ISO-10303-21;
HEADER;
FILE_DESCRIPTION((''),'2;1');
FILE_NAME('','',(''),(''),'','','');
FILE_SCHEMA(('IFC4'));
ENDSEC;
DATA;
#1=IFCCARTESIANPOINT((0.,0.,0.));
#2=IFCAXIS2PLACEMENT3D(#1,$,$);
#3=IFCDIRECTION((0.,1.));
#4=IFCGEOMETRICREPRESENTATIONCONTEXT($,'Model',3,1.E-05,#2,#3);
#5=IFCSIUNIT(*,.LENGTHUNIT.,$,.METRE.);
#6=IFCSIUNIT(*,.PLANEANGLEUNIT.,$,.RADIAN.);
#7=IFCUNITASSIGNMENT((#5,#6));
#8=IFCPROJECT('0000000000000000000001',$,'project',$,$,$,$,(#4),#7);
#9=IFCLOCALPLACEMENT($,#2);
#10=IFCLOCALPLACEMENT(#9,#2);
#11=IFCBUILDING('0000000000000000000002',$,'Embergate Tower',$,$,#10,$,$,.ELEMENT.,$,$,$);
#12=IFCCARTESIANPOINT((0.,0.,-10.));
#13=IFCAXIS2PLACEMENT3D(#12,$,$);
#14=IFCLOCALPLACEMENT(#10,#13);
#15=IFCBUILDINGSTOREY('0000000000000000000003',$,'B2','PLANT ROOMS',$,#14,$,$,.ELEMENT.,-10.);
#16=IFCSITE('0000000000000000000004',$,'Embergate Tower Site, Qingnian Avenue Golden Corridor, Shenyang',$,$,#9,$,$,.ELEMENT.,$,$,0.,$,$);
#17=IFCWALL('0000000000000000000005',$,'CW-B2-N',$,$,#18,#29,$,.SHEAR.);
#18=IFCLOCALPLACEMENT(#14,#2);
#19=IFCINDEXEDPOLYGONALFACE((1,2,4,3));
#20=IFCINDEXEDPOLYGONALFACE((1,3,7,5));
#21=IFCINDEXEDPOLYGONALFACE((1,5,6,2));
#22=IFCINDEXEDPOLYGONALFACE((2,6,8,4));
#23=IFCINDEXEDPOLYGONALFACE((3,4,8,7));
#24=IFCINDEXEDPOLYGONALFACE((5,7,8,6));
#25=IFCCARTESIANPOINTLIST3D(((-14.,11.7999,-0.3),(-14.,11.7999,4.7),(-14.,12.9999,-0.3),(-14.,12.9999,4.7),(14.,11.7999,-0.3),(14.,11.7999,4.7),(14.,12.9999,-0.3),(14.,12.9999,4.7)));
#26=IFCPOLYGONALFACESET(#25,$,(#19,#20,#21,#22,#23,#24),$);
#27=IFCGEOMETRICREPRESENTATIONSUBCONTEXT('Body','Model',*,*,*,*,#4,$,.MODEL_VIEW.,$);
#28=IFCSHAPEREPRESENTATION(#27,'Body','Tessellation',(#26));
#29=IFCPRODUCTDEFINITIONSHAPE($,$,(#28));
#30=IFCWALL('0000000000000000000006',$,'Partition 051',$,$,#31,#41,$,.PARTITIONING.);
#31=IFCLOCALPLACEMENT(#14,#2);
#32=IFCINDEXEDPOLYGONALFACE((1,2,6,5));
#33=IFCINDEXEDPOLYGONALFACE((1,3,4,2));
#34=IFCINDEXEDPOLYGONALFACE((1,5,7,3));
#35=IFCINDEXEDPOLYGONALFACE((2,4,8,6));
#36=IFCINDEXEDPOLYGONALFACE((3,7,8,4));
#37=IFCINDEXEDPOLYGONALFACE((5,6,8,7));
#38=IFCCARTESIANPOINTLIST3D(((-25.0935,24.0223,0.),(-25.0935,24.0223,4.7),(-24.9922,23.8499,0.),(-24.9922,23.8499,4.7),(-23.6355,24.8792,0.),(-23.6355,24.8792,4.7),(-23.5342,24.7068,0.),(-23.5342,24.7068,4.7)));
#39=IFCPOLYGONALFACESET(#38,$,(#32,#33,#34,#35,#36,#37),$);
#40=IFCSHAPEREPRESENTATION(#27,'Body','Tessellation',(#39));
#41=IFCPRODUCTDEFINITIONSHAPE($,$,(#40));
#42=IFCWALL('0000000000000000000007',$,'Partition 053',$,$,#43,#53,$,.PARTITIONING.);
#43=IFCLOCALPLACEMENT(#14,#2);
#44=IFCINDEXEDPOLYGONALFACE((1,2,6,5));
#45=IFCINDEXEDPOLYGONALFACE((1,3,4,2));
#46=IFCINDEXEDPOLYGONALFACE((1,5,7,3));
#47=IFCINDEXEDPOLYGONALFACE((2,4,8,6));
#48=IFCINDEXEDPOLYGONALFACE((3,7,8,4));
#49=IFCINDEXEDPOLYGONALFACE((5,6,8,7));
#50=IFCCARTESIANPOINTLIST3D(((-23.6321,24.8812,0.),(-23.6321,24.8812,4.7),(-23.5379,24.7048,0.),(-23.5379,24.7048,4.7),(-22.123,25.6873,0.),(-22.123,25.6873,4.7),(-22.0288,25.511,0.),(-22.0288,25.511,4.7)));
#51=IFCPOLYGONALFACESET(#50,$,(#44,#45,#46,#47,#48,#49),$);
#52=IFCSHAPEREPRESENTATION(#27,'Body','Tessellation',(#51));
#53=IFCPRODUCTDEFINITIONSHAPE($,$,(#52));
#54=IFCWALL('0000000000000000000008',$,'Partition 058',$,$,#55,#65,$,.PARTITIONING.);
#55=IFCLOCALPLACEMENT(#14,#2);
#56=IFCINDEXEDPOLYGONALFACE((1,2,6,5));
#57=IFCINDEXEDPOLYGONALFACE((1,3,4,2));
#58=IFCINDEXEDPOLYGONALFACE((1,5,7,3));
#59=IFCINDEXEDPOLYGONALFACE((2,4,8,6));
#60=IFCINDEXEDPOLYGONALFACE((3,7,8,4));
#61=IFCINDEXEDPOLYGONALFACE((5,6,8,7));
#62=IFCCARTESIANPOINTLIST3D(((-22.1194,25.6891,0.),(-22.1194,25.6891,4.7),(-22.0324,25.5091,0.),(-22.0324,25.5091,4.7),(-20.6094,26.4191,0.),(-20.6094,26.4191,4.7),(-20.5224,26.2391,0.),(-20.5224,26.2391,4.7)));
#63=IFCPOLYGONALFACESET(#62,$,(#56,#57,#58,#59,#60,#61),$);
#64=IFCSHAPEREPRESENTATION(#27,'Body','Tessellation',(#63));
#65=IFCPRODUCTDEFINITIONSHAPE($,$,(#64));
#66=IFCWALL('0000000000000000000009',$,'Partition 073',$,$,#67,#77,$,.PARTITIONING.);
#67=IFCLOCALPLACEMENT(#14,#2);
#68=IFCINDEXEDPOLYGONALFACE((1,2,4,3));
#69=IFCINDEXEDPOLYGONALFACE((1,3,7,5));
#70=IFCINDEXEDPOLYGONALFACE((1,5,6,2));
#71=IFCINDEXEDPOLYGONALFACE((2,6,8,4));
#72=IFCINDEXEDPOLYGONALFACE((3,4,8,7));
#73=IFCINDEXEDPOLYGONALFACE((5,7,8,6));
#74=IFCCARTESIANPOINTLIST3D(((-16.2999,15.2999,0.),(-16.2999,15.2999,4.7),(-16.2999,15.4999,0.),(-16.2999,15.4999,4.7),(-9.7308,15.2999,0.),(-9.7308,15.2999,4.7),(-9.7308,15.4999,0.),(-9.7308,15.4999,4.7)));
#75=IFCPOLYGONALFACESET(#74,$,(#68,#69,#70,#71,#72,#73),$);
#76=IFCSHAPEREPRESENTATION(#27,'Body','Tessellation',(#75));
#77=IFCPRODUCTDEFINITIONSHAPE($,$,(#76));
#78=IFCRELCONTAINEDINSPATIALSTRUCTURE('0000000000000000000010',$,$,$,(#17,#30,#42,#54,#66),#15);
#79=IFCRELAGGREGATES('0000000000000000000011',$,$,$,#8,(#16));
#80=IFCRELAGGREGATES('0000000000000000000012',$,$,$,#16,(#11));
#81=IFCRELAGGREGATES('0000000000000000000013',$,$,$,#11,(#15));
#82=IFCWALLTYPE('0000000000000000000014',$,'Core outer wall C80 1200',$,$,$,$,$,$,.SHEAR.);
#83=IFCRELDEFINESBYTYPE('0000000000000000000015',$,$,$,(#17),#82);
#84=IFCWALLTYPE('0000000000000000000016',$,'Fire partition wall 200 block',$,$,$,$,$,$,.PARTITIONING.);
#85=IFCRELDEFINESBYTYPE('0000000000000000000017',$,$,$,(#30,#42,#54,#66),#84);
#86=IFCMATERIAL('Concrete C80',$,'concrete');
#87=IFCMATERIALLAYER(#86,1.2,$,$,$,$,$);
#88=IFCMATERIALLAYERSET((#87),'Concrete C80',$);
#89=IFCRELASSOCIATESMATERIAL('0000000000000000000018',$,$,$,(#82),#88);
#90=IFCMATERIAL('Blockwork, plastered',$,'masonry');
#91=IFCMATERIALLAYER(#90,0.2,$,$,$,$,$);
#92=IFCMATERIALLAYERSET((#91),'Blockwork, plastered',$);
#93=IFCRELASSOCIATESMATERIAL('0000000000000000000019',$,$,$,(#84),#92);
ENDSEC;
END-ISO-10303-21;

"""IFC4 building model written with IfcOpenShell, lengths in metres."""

from ifc_helpers import new_model, si_unit, direction, frame, frame_2d, origin, place, context, subcontext, project, spatial, rectangle, extrude, source, transform, mapped, material, layer, layer_set, type_object, element, save


model = new_model("IFC4")

# Units and contexts
model_context = context("Model", 3, precision=1e-05, world=origin(), true_north=direction((0.0, 1.0)))
body_context = subcontext(model_context, "Body", "Model", "MODEL_VIEW")
ifc_project = project(units=[si_unit("LENGTHUNIT", "METRE"), si_unit("PLANEANGLEUNIT", "RADIAN")], contexts=[model_context])

# Site, building, storey
site_placement = place(None, origin())
site = spatial("IfcSite", under=ifc_project, at=site_placement, Name="Embergate Tower Site, Qingnian Avenue Golden Corridor, Shenyang", CompositionType="ELEMENT", RefElevation=0.0)
building_placement = place(site_placement, origin())
building = spatial("IfcBuilding", under=site, at=building_placement, Name="Embergate Tower", CompositionType="ELEMENT")
storey_placement = place(building_placement, frame((0.0, 0.0, -10.0)))
storey = spatial("IfcBuildingStorey", under=building, at=storey_placement, Name="B2", Description="PLANT ROOMS", CompositionType="ELEMENT", Elevation=-10.0)

# Walls
ifc_material_1 = material(Name="Concrete C80", Category="concrete")
ifc_layer_1 = layer(ifc_material_1, 1.2)
ifc_layer_set_1 = layer_set([ifc_layer_1], Name="Concrete C80")
wall_type_1 = type_object("IfcWallType", Name="Core outer wall C80 1200", PredefinedType="SHEAR", material=ifc_layer_set_1)
shared_shape_1 = source(origin(), body_context, "Body", "SweptSolid", [
    extrude(rectangle(XDim=28.0, YDim=1.2, at=frame_2d((14.0, 0.0))), origin(), (0.0, 0.0, 1.0), 5.0),
])
wall_1_placement = place(storey_placement, frame((-14.0, 12.3999, -0.3), z_axis=(0.0, 0.0, 1.0), x_axis=(1.0, 0.0, 0.0)))
element("IfcWall", 1, at=wall_1_placement, inside=storey, type_object=wall_type_1, Name="CW-B2-N", PredefinedType="SHEAR", context=body_context, shape_type="MappedRepresentation", body=[
    mapped(shared_shape_1, transform((0.0, 0.0, 0.0))),
])
ifc_material_2 = material(Name="Blockwork, plastered", Category="masonry")
ifc_layer_2 = layer(ifc_material_2, 0.2)
ifc_layer_set_2 = layer_set([ifc_layer_2], Name="Blockwork, plastered")
wall_type_2 = type_object("IfcWallType", Name="Fire partition wall 200 block", PredefinedType="PARTITIONING", material=ifc_layer_set_2)
shared_shape_2 = source(origin(), body_context, "Body", "SweptSolid", [
    extrude(rectangle(XDim=1.6912, YDim=0.2, at=frame_2d((0.8457, 0.0))), origin(), (0.0, 0.0, 1.0), 4.7),
])
wall_2_placement = place(storey_placement, frame((-25.043, 23.936, 0.0), z_axis=(0.0, 0.0, 1.0), x_axis=(0.86212, 0.506705, 0.0)))
element("IfcWall", 2, at=wall_2_placement, inside=storey, type_object=wall_type_2, Name="Partition 051", PredefinedType="PARTITIONING", context=body_context, shape_type="MappedRepresentation", body=[
    mapped(shared_shape_2, transform((0.0, 0.0, 0.0))),
])
shared_shape_3 = source(origin(), body_context, "Body", "SweptSolid", [
    extrude(rectangle(XDim=1.7109, YDim=0.2, at=frame_2d((0.8555, 0.0))), origin(), (0.0, 0.0, 1.0), 4.7),
])
wall_3_placement = place(storey_placement, frame((-23.585, 24.793, 0.0), z_axis=(0.0, 0.0, 1.0), x_axis=(0.882029, 0.471195, 0.0)))
element("IfcWall", 3, at=wall_3_placement, inside=storey, type_object=wall_type_2, Name="Partition 053", PredefinedType="PARTITIONING", context=body_context, shape_type="MappedRepresentation", body=[
    mapped(shared_shape_3, transform((0.0, 0.0, 0.0))),
])
shared_shape_4 = source(origin(), body_context, "Body", "SweptSolid", [
    extrude(rectangle(XDim=1.6772, YDim=0.2, at=frame_2d((0.8386, 0.0))), origin(), (0.0, 0.0, 1.0), 4.7),
])
wall_4_placement = place(storey_placement, frame((-22.0759, 25.5991, 0.0), z_axis=(0.0, 0.0, 1.0), x_axis=(0.900316, 0.435237, 0.0)))
element("IfcWall", 4, at=wall_4_placement, inside=storey, type_object=wall_type_2, Name="Partition 058", PredefinedType="PARTITIONING", context=body_context, shape_type="MappedRepresentation", body=[
    mapped(shared_shape_4, transform((0.0, 0.0, 0.0))),
])
shared_shape_5 = source(origin(), body_context, "Body", "SweptSolid", [
    extrude(rectangle(XDim=6.5691, YDim=0.2, at=frame_2d((3.2847, 0.0))), origin(), (0.0, 0.0, 1.0), 4.7),
])
wall_5_placement = place(storey_placement, frame((-16.3, 15.3999, 0.0), z_axis=(0.0, 0.0, 1.0), x_axis=(1.0, 0.0, 0.0)))
element("IfcWall", 5, at=wall_5_placement, inside=storey, type_object=wall_type_2, Name="Partition 073", PredefinedType="PARTITIONING", context=body_context, shape_type="MappedRepresentation", body=[
    mapped(shared_shape_5, transform((0.0, 0.0, 0.0))),
])

save(model, "model.ifc")
